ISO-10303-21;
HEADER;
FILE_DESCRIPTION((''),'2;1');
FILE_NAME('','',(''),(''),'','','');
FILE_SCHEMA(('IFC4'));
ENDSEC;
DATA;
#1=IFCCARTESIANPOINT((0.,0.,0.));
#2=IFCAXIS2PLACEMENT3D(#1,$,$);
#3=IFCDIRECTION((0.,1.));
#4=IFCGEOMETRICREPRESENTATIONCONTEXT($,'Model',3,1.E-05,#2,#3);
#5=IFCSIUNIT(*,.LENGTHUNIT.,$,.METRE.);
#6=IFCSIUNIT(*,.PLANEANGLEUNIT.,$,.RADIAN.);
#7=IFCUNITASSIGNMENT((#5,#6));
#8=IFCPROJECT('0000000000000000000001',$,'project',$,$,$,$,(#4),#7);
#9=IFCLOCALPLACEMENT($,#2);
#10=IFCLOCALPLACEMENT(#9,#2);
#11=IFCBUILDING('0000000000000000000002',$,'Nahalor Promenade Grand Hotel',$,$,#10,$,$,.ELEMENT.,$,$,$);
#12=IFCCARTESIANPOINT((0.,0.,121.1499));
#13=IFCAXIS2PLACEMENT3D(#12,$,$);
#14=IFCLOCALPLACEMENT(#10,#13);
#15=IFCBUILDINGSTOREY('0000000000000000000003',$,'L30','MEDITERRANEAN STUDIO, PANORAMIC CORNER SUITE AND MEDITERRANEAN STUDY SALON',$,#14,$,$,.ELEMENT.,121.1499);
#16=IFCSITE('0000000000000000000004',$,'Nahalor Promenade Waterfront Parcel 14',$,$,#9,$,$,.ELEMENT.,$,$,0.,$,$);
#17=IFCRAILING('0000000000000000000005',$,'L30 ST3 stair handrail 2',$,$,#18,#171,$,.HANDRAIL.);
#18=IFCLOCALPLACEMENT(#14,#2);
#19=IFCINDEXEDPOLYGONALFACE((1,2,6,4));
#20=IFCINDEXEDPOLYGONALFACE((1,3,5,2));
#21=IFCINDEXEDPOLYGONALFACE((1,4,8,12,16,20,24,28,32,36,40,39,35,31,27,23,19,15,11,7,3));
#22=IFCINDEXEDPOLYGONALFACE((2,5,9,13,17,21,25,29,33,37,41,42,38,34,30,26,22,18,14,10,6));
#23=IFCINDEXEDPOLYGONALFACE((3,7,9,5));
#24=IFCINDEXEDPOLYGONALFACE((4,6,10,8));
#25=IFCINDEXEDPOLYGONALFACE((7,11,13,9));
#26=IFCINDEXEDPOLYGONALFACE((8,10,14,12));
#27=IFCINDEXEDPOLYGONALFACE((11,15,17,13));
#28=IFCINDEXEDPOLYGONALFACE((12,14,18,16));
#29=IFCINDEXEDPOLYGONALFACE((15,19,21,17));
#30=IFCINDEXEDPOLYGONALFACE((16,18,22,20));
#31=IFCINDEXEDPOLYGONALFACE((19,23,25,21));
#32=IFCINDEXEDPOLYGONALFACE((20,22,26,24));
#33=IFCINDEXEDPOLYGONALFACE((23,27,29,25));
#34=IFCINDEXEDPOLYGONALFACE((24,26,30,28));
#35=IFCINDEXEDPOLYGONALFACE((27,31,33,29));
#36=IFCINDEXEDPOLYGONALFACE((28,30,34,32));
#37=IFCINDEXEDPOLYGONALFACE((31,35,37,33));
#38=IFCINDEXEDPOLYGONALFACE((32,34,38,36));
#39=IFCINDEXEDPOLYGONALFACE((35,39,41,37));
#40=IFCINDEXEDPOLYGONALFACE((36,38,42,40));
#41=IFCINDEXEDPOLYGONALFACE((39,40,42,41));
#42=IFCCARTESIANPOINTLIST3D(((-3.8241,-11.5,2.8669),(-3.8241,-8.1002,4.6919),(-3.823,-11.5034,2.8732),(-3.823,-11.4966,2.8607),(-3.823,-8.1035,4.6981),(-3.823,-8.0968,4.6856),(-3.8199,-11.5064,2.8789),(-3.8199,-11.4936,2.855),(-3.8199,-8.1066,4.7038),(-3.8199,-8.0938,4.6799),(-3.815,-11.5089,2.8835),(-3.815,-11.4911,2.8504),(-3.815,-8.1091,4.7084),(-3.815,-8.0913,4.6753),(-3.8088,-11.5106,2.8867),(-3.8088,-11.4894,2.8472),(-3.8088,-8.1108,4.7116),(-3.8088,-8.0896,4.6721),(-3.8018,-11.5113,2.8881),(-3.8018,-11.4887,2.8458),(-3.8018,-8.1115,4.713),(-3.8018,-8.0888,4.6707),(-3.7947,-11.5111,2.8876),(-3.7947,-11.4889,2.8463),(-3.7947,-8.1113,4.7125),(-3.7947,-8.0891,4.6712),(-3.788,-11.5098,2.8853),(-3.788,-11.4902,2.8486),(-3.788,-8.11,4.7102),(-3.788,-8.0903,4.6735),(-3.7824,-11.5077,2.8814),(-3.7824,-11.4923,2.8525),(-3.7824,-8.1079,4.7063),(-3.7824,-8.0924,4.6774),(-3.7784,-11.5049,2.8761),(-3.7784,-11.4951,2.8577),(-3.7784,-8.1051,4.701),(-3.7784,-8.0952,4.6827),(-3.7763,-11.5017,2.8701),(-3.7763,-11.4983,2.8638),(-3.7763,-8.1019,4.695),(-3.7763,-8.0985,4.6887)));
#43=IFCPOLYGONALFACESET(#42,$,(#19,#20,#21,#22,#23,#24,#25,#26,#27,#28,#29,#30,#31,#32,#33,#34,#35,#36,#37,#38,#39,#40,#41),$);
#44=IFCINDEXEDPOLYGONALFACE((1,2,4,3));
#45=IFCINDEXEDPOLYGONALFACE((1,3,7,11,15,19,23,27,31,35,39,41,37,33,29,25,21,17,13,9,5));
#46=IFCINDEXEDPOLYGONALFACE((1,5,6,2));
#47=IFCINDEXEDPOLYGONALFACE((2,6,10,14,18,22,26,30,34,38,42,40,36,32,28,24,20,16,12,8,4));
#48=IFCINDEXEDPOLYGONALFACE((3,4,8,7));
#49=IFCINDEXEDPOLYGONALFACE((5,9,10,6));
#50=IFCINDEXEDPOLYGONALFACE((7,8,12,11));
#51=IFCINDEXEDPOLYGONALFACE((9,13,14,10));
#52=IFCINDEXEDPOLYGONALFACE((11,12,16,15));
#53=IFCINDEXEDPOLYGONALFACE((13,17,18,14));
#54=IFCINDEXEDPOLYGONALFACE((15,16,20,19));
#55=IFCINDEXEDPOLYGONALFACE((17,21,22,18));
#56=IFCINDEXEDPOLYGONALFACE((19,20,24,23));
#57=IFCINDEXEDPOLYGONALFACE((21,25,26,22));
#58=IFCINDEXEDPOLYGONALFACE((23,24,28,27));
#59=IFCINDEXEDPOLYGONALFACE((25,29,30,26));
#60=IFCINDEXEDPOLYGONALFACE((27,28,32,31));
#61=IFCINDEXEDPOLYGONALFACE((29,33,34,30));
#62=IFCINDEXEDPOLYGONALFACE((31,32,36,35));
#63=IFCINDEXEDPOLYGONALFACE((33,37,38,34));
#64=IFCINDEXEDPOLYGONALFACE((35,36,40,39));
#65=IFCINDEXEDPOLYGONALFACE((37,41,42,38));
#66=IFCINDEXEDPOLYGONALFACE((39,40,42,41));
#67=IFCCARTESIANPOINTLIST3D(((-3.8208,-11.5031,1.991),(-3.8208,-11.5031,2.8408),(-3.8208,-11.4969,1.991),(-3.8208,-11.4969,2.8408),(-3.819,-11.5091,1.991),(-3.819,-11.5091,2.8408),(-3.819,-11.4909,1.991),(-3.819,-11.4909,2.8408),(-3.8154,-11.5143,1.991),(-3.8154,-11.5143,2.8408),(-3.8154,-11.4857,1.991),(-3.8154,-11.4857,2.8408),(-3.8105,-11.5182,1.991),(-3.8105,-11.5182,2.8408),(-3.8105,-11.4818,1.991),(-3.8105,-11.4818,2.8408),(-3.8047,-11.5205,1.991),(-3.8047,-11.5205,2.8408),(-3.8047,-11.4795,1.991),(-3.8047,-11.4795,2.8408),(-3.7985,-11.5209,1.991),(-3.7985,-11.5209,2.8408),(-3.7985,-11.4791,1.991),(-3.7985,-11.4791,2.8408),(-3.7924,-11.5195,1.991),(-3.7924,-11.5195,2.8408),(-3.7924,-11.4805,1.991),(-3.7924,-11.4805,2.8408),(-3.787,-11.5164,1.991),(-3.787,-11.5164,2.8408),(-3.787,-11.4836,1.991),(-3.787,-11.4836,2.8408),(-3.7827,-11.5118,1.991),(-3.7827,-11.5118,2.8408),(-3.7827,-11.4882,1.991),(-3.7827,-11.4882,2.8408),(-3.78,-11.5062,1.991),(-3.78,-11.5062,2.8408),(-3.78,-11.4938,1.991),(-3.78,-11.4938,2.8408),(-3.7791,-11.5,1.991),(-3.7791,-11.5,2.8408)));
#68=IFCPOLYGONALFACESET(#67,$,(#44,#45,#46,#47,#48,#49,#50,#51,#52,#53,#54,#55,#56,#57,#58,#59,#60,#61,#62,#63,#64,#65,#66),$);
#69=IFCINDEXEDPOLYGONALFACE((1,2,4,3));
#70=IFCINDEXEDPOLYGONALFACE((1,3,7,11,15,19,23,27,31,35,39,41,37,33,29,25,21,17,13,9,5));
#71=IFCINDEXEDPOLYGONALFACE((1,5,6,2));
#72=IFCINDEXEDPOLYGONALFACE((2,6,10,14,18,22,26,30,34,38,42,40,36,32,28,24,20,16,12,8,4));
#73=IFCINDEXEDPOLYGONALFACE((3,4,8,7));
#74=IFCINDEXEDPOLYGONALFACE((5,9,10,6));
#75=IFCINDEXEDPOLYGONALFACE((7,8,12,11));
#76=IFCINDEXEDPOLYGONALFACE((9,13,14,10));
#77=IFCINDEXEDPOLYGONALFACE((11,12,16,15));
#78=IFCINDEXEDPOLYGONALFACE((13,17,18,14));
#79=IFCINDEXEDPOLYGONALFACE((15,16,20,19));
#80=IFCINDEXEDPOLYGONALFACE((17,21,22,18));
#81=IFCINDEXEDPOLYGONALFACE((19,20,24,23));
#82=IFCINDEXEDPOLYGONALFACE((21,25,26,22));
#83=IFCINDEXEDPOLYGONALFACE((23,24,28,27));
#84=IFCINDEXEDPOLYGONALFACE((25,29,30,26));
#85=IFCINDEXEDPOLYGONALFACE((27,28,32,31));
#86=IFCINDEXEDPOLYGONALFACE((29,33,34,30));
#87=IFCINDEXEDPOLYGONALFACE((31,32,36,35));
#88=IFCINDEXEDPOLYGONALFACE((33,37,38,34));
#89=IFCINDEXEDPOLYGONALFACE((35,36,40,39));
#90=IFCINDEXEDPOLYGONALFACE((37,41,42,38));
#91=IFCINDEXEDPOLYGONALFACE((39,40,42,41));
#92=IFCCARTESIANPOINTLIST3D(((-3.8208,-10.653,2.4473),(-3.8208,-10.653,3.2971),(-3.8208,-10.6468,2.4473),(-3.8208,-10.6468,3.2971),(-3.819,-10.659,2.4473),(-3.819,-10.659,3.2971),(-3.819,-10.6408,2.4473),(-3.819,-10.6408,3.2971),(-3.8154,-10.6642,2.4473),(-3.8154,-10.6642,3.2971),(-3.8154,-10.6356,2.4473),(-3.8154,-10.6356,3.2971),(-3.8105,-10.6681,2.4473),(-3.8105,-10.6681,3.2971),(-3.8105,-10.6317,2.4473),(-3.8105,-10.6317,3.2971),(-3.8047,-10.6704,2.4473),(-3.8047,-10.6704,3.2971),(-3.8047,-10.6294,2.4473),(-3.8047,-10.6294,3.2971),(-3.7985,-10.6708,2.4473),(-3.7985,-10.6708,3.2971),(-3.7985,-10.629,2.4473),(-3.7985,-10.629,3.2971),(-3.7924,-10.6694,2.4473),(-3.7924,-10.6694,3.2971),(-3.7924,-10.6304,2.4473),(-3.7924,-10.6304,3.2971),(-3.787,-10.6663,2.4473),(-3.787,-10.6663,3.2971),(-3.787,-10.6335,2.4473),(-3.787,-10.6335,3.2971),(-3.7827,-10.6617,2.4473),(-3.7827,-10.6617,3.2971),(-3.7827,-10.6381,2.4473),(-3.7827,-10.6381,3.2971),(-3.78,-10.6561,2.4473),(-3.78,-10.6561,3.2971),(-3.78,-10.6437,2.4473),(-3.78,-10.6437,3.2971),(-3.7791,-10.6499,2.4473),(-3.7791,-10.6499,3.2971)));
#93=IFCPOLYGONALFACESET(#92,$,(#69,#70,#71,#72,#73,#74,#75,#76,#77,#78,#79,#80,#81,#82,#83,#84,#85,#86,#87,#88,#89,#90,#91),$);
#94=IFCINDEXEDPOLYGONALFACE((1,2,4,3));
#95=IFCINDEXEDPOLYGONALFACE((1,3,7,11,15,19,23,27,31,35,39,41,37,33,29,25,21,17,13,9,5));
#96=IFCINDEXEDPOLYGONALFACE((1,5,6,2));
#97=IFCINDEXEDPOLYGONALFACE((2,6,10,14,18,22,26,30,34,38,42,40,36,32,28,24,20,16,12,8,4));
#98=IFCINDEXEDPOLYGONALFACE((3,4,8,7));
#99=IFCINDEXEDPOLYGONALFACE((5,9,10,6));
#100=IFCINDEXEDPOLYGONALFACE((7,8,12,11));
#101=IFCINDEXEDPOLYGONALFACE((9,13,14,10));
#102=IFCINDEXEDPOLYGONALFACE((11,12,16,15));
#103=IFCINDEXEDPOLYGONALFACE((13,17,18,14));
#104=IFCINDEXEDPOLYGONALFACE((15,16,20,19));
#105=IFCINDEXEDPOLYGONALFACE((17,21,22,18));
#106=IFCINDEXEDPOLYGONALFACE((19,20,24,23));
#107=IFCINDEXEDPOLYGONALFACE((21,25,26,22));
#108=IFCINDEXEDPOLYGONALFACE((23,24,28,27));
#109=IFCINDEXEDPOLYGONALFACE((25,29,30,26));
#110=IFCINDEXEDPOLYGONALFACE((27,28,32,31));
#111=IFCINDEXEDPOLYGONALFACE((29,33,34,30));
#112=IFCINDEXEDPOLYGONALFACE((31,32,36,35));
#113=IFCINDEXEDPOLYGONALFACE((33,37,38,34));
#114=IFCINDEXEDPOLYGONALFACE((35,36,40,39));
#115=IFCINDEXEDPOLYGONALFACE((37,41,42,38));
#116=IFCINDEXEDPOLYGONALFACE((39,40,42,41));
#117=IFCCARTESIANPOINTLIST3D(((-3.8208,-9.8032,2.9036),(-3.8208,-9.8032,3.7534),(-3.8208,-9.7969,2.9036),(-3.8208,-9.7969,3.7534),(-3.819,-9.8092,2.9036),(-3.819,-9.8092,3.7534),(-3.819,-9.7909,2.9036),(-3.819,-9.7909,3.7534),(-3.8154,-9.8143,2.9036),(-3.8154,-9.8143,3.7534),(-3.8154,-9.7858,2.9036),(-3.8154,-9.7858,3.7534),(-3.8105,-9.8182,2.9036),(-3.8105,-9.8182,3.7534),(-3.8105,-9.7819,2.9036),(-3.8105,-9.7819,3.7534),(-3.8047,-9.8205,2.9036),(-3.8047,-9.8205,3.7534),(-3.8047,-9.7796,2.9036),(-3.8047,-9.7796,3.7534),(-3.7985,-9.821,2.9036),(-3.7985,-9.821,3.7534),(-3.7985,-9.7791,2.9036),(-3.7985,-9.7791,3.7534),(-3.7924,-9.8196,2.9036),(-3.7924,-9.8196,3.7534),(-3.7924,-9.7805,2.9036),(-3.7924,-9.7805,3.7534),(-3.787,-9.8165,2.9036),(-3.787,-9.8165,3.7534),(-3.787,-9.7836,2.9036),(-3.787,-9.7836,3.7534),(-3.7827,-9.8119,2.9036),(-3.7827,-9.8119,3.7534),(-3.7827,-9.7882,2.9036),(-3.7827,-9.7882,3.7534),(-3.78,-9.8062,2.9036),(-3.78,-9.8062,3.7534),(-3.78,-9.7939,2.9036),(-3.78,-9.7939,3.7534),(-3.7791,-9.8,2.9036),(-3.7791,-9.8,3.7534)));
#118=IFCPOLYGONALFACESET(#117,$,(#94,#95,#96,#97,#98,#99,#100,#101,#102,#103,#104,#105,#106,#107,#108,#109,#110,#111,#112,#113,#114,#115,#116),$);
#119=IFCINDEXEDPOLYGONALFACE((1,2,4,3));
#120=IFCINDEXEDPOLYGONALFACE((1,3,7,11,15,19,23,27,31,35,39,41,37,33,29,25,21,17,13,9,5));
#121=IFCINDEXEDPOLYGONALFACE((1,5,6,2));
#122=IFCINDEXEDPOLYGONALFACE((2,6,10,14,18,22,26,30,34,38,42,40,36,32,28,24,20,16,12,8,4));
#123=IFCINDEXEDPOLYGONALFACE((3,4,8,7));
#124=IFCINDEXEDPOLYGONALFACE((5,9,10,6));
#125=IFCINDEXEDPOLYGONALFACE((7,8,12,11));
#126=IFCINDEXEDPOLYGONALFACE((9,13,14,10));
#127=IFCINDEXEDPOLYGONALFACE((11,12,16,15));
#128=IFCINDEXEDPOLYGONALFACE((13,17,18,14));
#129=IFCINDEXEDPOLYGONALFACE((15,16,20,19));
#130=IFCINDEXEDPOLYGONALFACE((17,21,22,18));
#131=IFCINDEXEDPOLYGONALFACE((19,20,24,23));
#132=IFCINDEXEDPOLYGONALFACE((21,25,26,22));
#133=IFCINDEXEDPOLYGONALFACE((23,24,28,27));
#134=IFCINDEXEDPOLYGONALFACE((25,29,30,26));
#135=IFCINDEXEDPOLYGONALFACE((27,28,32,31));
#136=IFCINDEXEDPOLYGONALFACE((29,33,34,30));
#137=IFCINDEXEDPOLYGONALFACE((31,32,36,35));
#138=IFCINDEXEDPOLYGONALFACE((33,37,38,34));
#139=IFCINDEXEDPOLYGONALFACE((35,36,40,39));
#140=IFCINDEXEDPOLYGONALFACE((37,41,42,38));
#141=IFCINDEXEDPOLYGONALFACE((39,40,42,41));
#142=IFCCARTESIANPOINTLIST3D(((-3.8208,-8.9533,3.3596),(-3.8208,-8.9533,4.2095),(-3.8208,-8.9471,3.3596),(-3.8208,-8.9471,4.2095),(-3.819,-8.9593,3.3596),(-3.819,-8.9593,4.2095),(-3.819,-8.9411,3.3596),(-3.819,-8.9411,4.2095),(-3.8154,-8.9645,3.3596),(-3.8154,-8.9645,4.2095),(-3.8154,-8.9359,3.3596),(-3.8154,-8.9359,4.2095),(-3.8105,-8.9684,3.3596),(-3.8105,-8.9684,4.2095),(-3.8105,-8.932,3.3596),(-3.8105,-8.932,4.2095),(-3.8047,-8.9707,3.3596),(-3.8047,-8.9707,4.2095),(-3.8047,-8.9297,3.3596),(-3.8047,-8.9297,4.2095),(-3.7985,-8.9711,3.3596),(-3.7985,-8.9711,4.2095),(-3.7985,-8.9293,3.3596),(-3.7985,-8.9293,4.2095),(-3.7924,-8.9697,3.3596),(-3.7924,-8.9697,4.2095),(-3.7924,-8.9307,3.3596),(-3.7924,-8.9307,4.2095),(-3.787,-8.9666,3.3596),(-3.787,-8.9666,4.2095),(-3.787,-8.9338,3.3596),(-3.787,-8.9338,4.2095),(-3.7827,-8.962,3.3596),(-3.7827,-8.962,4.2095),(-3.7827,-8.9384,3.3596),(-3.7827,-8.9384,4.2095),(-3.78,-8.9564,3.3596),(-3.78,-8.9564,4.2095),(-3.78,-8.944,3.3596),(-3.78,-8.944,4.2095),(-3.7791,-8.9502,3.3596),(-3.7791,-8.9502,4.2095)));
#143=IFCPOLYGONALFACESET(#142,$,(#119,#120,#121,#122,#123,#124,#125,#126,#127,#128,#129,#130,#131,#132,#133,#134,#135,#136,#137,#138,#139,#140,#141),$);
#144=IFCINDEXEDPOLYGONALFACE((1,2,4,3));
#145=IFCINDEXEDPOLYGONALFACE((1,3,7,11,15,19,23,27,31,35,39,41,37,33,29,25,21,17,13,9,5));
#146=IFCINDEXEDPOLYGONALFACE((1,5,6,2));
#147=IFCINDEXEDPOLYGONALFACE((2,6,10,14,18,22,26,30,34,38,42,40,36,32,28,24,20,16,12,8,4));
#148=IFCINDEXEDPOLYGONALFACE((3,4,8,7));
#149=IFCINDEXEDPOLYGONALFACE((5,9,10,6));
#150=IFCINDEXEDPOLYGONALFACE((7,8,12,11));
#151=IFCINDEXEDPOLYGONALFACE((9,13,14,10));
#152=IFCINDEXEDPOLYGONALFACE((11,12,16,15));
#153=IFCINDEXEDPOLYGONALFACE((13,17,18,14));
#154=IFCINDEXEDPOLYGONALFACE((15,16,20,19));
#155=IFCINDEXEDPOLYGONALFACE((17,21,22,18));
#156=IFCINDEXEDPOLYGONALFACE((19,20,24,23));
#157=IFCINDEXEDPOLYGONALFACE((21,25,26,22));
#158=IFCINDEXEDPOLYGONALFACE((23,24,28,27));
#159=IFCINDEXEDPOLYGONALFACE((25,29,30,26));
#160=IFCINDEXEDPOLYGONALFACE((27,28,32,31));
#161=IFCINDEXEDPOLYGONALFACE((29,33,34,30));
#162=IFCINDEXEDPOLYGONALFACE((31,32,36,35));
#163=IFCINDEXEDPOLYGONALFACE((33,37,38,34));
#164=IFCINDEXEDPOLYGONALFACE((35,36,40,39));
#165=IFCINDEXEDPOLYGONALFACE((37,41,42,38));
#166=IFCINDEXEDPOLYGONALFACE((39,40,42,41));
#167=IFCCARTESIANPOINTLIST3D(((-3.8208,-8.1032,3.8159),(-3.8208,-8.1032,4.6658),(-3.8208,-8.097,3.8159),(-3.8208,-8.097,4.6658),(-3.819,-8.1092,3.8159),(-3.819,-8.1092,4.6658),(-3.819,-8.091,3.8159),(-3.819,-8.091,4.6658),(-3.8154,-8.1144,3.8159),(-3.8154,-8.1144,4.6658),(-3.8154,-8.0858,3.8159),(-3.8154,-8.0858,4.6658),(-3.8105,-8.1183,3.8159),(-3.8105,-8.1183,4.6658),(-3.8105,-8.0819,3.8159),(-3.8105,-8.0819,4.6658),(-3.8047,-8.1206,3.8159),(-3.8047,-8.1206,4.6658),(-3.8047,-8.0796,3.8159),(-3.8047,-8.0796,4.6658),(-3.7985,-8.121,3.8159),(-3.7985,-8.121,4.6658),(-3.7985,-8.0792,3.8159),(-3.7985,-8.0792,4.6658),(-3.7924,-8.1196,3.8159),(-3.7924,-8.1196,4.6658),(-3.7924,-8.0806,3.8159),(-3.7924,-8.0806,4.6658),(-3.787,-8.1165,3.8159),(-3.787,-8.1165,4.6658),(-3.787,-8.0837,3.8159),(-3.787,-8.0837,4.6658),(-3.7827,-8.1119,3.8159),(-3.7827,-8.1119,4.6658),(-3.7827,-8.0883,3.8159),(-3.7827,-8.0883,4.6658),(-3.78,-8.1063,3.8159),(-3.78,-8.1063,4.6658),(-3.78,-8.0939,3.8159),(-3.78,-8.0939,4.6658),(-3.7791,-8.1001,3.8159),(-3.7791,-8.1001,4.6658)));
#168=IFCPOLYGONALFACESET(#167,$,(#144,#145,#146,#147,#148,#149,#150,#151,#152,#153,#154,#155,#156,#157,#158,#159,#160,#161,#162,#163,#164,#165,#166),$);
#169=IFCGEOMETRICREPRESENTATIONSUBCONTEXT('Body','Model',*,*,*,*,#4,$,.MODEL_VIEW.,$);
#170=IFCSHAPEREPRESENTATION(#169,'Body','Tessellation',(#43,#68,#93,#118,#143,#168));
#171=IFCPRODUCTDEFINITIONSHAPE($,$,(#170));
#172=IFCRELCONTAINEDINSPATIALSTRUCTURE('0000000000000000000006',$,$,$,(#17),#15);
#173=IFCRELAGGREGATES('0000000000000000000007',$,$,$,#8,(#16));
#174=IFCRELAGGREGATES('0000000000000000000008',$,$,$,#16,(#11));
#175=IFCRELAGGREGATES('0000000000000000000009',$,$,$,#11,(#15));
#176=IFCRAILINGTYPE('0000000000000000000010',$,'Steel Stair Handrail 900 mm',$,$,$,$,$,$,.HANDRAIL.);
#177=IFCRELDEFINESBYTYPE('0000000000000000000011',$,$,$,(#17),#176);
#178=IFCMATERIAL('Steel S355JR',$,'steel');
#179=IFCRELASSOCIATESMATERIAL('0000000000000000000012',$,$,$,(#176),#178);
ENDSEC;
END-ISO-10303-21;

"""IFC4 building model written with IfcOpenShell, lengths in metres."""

from ifc_helpers import new_model, si_unit, direction, frame, origin, origin_2d, place, context, subcontext, project, spatial, circle, extrude, material, type_object, element, save


model = new_model("IFC4")

# Units and contexts
model_context = context("Model", 3, precision=1e-05, world=origin(), true_north=direction((0.0, 1.0)))
body_context = subcontext(model_context, "Body", "Model", "MODEL_VIEW")
ifc_project = project(units=[si_unit("LENGTHUNIT", "METRE"), si_unit("PLANEANGLEUNIT", "RADIAN")], contexts=[model_context])

# Site, building, storey
site_placement = place(None, origin())
site = spatial("IfcSite", under=ifc_project, at=site_placement, Name="Nahalor Promenade Waterfront Parcel 14", CompositionType="ELEMENT", RefElevation=0.0)
building_placement = place(site_placement, origin())
building = spatial("IfcBuilding", under=site, at=building_placement, Name="Nahalor Promenade Grand Hotel", CompositionType="ELEMENT")
storey_placement = place(building_placement, frame((0.0, 0.0, 121.1499)))
storey = spatial("IfcBuildingStorey", under=building, at=storey_placement, Name="L30", Description="MEDITERRANEAN STUDIO, PANORAMIC CORNER SUITE AND MEDITERRANEAN STUDY SALON", CompositionType="ELEMENT", Elevation=121.1499)

# Shared definitions
ifc_material_1 = material(Name="Steel S355JR", Category="steel")

# Railing
railing_type_1 = type_object("IfcRailingType", Name="Steel Stair Handrail 900 mm", PredefinedType="HANDRAIL", material=ifc_material_1)
railing_1_placement = place(storey_placement, frame((-3.8, -11.5, 1.991)))
element("IfcRailing", 1, at=railing_1_placement, inside=storey, type_object=railing_type_1, Name="L30 ST3 stair handrail 2", PredefinedType="HANDRAIL", context=body_context, shape_type="SweptSolid", body=[
    extrude(circle(Radius=0.024, at=origin_2d()), frame((0.0, 0.0, 0.876), z_axis=(0.0, 0.881094, 0.472941), x_axis=(-1.0, 0.0, 0.0)), (0.0, 0.0, 1.0), 3.8586),
    extrude(circle(Radius=0.021, at=origin_2d()), origin(), (0.0, 0.0, 1.0), 0.8499),
    extrude(circle(Radius=0.021, at=origin_2d()), frame((0.0, 0.8501, 0.4563)), (0.0, 0.0, 1.0), 0.8499),
    extrude(circle(Radius=0.021, at=origin_2d()), frame((0.0, 1.7, 0.9126)), (0.0, 0.0, 1.0), 0.8499),
    extrude(circle(Radius=0.021, at=origin_2d()), frame((0.0, 2.5498, 1.3687)), (0.0, 0.0, 1.0), 0.8499),
    extrude(circle(Radius=0.021, at=origin_2d()), frame((0.0, 3.3999, 1.825)), (0.0, 0.0, 1.0), 0.8499),
])

save(model, "model.ifc")
